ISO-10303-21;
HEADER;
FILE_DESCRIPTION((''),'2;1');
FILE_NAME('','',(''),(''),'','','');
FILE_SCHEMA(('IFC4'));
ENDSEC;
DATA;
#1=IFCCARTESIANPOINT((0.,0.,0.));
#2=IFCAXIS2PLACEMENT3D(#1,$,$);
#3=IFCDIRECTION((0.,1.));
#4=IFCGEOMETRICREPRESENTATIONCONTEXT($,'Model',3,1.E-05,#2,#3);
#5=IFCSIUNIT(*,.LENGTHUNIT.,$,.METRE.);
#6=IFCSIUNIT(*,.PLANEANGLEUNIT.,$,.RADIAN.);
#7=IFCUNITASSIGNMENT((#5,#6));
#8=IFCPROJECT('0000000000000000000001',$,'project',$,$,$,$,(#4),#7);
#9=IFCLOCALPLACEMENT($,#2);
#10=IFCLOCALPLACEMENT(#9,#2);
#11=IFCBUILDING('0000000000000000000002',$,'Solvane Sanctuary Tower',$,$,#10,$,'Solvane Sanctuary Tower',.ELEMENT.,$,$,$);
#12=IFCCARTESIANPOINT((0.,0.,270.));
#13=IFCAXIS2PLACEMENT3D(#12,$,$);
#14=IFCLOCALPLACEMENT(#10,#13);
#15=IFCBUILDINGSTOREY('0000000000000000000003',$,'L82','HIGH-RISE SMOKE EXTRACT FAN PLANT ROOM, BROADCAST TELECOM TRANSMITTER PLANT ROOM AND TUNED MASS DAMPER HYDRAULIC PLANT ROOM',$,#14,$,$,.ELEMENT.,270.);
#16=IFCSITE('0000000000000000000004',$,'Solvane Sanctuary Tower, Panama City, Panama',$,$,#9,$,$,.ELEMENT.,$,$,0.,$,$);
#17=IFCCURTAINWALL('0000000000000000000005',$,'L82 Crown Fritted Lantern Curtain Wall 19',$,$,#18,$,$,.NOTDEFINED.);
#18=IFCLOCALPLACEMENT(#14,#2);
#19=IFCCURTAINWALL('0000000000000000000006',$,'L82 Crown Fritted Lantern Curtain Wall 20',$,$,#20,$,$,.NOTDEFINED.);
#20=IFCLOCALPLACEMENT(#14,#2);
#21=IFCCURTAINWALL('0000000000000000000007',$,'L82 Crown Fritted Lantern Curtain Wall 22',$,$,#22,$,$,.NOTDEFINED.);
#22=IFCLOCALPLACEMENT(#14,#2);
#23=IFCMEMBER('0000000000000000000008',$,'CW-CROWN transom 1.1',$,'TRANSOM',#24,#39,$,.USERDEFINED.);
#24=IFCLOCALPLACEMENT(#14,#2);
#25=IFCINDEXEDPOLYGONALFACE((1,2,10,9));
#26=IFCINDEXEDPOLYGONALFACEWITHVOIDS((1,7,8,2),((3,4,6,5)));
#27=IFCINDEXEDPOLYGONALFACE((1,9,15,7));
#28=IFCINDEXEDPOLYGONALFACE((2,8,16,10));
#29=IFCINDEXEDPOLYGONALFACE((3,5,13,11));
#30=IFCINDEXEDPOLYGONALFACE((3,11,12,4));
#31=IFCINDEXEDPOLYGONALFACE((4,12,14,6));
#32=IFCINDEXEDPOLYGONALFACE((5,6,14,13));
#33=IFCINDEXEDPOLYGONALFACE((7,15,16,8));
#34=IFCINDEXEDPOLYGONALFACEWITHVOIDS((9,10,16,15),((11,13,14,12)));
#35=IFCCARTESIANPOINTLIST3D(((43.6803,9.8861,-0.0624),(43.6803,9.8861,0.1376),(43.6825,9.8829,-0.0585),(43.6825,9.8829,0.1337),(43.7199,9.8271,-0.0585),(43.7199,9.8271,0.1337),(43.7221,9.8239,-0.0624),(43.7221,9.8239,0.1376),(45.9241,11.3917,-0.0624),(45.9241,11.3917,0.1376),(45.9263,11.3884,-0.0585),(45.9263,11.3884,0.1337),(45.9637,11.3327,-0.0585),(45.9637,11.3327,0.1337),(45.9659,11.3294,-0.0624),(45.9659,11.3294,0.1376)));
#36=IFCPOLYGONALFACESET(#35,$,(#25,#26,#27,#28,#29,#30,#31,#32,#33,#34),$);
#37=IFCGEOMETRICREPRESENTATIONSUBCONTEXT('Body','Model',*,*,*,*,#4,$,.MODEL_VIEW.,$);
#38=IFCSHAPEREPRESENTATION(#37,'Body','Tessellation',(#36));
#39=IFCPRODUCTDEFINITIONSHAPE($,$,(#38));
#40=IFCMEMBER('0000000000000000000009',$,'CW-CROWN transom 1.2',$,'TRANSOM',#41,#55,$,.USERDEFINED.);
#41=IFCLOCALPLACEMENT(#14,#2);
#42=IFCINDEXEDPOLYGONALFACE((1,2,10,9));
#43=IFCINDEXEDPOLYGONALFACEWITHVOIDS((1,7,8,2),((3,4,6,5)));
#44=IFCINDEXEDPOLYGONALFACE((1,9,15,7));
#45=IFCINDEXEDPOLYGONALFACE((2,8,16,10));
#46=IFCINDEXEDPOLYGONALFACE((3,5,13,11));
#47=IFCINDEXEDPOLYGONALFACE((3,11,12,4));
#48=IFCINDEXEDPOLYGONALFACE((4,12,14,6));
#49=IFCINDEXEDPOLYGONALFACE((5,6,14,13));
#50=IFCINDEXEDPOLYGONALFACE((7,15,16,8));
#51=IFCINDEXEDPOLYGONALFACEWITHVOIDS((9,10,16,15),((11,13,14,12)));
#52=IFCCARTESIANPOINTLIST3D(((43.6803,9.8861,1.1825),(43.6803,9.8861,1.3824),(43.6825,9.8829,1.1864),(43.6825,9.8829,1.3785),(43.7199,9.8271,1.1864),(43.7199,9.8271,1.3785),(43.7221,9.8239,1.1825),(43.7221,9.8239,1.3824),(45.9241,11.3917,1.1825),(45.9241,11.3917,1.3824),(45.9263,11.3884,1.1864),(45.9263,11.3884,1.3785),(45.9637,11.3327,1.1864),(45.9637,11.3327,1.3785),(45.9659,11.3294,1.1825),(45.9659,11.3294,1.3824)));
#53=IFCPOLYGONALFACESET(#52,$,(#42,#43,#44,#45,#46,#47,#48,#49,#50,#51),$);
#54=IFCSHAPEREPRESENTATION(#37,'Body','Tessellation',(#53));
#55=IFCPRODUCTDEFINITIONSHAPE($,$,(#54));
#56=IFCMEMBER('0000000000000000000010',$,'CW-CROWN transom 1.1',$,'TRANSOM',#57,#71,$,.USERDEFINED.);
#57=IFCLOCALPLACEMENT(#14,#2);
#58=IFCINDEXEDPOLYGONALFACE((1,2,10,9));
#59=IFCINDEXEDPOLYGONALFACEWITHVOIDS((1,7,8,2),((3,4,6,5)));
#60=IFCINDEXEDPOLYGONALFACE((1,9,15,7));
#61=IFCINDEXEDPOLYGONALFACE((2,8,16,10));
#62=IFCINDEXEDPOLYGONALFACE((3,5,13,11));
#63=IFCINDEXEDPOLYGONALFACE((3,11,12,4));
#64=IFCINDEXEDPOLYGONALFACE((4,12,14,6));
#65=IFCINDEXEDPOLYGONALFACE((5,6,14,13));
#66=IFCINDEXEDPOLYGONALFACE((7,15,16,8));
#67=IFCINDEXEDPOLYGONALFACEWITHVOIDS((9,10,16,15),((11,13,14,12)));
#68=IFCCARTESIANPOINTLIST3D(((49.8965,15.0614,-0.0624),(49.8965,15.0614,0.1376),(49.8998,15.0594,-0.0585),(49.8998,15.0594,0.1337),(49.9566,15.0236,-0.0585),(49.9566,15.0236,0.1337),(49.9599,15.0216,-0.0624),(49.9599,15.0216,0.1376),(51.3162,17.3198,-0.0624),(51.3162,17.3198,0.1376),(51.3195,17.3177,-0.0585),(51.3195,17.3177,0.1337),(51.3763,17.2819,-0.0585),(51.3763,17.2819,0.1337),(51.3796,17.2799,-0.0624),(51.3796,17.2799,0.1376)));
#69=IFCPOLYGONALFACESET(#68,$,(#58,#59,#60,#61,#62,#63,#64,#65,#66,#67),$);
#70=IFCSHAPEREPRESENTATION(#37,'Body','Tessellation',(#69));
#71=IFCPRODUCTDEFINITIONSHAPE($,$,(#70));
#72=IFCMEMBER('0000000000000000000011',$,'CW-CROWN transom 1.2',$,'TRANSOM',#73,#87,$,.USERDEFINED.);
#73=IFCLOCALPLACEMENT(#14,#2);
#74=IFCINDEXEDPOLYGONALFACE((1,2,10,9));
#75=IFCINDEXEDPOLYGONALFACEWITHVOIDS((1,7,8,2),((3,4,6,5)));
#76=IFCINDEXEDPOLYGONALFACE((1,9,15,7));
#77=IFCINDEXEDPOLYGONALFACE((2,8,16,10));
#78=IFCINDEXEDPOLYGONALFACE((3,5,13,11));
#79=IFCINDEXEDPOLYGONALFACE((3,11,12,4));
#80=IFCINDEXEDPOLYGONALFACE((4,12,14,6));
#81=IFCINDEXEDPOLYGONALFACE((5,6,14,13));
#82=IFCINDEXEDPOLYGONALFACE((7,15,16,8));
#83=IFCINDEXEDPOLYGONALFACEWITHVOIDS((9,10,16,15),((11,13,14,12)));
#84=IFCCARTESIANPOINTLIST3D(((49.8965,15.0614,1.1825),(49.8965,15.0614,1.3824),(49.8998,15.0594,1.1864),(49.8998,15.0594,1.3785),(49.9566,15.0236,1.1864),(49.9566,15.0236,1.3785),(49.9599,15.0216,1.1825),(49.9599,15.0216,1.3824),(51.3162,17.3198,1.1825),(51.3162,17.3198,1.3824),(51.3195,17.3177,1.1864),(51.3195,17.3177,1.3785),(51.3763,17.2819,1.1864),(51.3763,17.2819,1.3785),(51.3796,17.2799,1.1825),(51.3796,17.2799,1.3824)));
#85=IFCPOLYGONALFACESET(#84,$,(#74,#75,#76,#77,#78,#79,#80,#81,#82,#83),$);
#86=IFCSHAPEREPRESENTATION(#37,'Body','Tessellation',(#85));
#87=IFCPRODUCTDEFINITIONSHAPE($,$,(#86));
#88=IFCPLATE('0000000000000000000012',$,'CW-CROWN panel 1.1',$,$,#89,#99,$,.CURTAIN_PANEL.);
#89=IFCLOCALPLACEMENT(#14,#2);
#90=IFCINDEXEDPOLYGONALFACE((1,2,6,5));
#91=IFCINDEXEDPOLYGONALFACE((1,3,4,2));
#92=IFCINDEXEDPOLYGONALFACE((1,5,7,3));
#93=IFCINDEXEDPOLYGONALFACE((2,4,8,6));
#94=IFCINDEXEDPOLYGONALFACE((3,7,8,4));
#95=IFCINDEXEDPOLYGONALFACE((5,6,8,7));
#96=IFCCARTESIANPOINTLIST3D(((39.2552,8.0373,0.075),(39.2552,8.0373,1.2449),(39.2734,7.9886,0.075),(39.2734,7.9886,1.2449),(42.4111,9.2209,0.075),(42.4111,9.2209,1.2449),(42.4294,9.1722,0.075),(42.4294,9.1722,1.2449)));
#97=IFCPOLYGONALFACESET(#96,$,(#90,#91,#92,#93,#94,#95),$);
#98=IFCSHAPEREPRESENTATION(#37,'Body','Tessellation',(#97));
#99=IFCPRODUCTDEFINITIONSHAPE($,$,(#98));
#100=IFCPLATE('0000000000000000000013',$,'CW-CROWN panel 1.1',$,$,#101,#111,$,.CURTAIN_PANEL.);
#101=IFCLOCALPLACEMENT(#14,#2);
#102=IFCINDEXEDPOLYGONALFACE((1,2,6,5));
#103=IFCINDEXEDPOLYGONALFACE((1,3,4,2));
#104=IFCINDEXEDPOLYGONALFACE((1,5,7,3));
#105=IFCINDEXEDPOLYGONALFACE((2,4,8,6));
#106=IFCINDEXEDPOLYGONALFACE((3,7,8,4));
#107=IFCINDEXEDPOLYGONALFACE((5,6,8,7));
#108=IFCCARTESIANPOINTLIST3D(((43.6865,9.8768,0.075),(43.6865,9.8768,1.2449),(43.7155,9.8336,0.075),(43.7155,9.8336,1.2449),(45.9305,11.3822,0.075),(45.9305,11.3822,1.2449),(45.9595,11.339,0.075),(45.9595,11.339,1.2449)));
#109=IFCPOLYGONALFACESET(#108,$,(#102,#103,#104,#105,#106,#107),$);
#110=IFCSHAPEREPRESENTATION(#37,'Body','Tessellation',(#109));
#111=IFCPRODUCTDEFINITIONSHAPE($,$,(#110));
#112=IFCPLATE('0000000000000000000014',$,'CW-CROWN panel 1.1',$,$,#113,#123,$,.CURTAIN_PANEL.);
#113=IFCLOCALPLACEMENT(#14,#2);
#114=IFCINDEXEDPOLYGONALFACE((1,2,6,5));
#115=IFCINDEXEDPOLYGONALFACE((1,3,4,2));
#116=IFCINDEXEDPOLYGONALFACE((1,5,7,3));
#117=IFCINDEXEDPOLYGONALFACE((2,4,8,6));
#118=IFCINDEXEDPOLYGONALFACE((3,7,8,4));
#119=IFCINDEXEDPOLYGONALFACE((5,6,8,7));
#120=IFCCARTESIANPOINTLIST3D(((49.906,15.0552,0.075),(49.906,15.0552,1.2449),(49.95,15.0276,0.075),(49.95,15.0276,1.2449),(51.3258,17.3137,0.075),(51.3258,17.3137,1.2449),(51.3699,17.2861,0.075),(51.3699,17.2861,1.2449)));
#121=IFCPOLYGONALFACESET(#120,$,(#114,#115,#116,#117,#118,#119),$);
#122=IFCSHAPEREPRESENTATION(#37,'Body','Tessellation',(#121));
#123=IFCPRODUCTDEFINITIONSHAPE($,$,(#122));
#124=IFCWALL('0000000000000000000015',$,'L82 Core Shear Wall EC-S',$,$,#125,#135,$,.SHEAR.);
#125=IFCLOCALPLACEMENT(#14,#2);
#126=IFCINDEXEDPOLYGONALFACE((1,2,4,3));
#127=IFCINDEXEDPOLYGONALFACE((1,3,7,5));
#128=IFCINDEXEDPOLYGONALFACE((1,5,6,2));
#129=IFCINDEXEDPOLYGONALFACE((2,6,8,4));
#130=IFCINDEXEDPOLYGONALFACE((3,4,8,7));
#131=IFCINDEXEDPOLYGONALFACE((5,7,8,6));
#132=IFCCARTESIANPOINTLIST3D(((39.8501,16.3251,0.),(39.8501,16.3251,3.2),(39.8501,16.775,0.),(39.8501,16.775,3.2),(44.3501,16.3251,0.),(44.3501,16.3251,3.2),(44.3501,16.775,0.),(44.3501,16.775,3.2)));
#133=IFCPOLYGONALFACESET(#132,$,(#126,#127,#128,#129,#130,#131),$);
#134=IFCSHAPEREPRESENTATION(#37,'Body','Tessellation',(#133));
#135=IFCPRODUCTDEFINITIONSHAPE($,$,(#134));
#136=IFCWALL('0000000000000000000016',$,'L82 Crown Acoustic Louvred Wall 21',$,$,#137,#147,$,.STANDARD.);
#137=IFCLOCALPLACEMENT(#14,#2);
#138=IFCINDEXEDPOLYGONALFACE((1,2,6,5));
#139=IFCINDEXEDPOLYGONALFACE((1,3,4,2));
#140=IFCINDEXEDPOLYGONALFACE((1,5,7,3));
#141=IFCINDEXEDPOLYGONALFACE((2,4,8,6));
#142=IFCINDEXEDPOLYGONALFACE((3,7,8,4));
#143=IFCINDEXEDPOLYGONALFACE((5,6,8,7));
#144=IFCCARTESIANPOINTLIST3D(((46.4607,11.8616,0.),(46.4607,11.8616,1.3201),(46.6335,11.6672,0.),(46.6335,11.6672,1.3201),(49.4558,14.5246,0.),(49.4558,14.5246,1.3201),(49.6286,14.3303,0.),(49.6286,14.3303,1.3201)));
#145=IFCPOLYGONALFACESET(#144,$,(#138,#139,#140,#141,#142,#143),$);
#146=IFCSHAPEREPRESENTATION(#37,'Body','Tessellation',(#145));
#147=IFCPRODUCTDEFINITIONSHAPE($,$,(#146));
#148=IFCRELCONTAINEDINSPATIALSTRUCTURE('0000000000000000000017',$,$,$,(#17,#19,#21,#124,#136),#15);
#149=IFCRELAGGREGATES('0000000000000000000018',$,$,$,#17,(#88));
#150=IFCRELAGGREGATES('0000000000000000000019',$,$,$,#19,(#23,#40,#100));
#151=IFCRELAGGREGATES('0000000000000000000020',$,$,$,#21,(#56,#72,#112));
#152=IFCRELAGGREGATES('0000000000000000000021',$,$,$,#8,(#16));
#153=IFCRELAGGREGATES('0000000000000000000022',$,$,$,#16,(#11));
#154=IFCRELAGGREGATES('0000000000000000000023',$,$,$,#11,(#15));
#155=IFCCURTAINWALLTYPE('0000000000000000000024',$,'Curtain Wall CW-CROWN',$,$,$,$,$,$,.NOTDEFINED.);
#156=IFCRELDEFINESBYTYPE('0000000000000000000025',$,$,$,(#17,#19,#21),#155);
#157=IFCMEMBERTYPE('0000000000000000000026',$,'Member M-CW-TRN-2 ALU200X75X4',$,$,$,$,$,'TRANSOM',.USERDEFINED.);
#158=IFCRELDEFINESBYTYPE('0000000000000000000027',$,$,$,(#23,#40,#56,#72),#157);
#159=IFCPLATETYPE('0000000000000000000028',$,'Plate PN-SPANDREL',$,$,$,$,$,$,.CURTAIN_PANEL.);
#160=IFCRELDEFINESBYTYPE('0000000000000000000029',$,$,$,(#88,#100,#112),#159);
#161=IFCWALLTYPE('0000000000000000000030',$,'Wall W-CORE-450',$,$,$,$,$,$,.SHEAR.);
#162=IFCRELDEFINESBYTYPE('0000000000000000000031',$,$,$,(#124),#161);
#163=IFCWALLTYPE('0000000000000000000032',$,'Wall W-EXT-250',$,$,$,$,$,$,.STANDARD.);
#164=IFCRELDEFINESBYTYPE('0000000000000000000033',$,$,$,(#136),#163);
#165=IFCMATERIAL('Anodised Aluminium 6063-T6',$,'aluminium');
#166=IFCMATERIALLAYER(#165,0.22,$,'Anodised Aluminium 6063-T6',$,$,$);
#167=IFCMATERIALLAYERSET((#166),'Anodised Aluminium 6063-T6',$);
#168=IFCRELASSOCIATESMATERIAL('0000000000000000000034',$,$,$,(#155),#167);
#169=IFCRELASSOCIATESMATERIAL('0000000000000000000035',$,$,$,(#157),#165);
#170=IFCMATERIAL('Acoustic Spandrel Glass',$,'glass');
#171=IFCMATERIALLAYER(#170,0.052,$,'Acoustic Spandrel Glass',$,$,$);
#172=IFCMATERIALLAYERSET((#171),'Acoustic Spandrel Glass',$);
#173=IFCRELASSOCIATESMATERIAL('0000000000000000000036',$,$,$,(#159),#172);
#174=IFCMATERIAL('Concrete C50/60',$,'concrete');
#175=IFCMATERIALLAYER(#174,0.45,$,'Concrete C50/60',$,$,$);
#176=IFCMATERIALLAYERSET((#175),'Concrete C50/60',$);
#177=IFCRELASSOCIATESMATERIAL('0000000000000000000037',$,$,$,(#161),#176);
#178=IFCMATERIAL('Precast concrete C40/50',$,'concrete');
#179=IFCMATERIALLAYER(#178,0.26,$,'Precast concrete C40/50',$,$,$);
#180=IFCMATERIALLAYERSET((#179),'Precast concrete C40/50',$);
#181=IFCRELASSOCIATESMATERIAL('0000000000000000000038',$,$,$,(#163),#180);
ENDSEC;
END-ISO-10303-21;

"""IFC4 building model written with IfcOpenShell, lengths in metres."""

from ifc_helpers import new_model, si_unit, direction, frame, frame_2d, origin, origin_2d, place, context, subcontext, project, spatial, rectangle, hollow_rectangle, extrude, material, layer, layer_set, material_profile, profile_set, type_object, element, aggregate, save


model = new_model("IFC4")

# Units and contexts
model_context = context("Model", 3, precision=1e-05, world=origin(), true_north=direction((0.0, 1.0)))
body_context = subcontext(model_context, "Body", "Model", "MODEL_VIEW")
ifc_project = project(units=[si_unit("LENGTHUNIT", "METRE"), si_unit("PLANEANGLEUNIT", "RADIAN")], contexts=[model_context])

# Site, building, storey
site_placement = place(None, origin())
site = spatial("IfcSite", under=ifc_project, at=site_placement, Name="Solvane Sanctuary Tower, Panama City, Panama", CompositionType="ELEMENT", RefElevation=0.0)
building_placement = place(site_placement, origin())
building = spatial("IfcBuilding", under=site, at=building_placement, Name="Solvane Sanctuary Tower", LongName="Solvane Sanctuary Tower", CompositionType="ELEMENT")
storey_placement = place(building_placement, frame((0.0, 0.0, 270.0)))
storey = spatial("IfcBuildingStorey", under=building, at=storey_placement, Name="L82", Description="HIGH-RISE SMOKE EXTRACT FAN PLANT ROOM, BROADCAST TELECOM TRANSMITTER PLANT ROOM AND TUNED MASS DAMPER HYDRAULIC PLANT ROOM", CompositionType="ELEMENT", Elevation=270.0)

# Curtain wall
ifc_material_1 = material(Name="Anodised Aluminium 6063-T6", Category="aluminium")
ifc_layer_1 = layer(ifc_material_1, 0.22, Name="Anodised Aluminium 6063-T6")
ifc_layer_set_1 = layer_set([ifc_layer_1], Name="Anodised Aluminium 6063-T6")
curtain_wall_type = type_object("IfcCurtainWallType", Name="Curtain Wall CW-CROWN", PredefinedType="NOTDEFINED", material=ifc_layer_set_1)
curtain_wall_1_placement = place(storey_placement, origin())
curtain_wall_1 = element("IfcCurtainWall", 1, at=curtain_wall_1_placement, inside=storey, type_object=curtain_wall_type, Name="L82 Crown Fritted Lantern Curtain Wall 19", PredefinedType="NOTDEFINED")

# Curtain wall
curtain_wall_2_placement = place(storey_placement, origin())
curtain_wall_2 = element("IfcCurtainWall", 2, at=curtain_wall_2_placement, inside=storey, type_object=curtain_wall_type, Name="L82 Crown Fritted Lantern Curtain Wall 20", PredefinedType="NOTDEFINED")

# Curtain wall
curtain_wall_3_placement = place(storey_placement, origin())
curtain_wall_3 = element("IfcCurtainWall", 3, at=curtain_wall_3_placement, inside=storey, type_object=curtain_wall_type, Name="L82 Crown Fritted Lantern Curtain Wall 22", PredefinedType="NOTDEFINED")

# Members
ifc_material_profile_1 = material_profile(ifc_material_1, hollow_rectangle(XDim=0.075, YDim=0.2, WallThickness=0.0039, at=origin_2d()), Name="ALU200X75X4")
ifc_profile_set_1 = profile_set([ifc_material_profile_1], Name="Anodised Aluminium 6063-T6")
member_type_1 = type_object("IfcMemberType", Name="Member M-CW-TRN-2 ALU200X75X4", ElementType="TRANSOM", PredefinedType="USERDEFINED", material=ifc_profile_set_1)
member_1_placement = place(storey_placement, frame((43.7012, 9.855, 0.0376), z_axis=(0.830393, 0.557179, 0.0), x_axis=(-0.557179, 0.830393, 0.0)))
member_1 = element("IfcMember", 4, at=member_1_placement, type_object=member_type_1, Name="CW-CROWN transom 1.1", ObjectType="TRANSOM", PredefinedType="USERDEFINED", context=body_context, shape_type="SweptSolid", body=[
    extrude(hollow_rectangle(XDim=0.075, YDim=0.2, WallThickness=0.0039, at=origin_2d()), origin(), (0.0, 0.0, 1.0), 2.7021),
])
member_2_placement = place(storey_placement, frame((43.7012, 9.855, 1.2825), z_axis=(0.830393, 0.557179, 0.0), x_axis=(-0.557179, 0.830393, 0.0)))
member_2 = element("IfcMember", 5, at=member_2_placement, type_object=member_type_1, Name="CW-CROWN transom 1.2", ObjectType="TRANSOM", PredefinedType="USERDEFINED", context=body_context, shape_type="SweptSolid", body=[
    extrude(hollow_rectangle(XDim=0.075, YDim=0.2, WallThickness=0.0039, at=origin_2d()), origin(), (0.0, 0.0, 1.0), 2.7021),
])
member_3_placement = place(storey_placement, frame((49.9282, 15.0415, 0.0376), z_axis=(0.532218, 0.846607, 0.0), x_axis=(-0.846607, 0.532218, 0.0)))
member_3 = element("IfcMember", 6, at=member_3_placement, type_object=member_type_1, Name="CW-CROWN transom 1.1", ObjectType="TRANSOM", PredefinedType="USERDEFINED", context=body_context, shape_type="SweptSolid", body=[
    extrude(hollow_rectangle(XDim=0.075, YDim=0.2, WallThickness=0.0039, at=origin_2d()), origin(), (0.0, 0.0, 1.0), 2.6675),
])
member_4_placement = place(storey_placement, frame((49.9282, 15.0415, 1.2825), z_axis=(0.532218, 0.846607, 0.0), x_axis=(-0.846607, 0.532218, 0.0)))
member_4 = element("IfcMember", 7, at=member_4_placement, type_object=member_type_1, Name="CW-CROWN transom 1.2", ObjectType="TRANSOM", PredefinedType="USERDEFINED", context=body_context, shape_type="SweptSolid", body=[
    extrude(hollow_rectangle(XDim=0.075, YDim=0.2, WallThickness=0.0039, at=origin_2d()), origin(), (0.0, 0.0, 1.0), 2.6675),
])

# Plates
ifc_material_2 = material(Name="Acoustic Spandrel Glass", Category="glass")
ifc_layer_2 = layer(ifc_material_2, 0.052, Name="Acoustic Spandrel Glass")
ifc_layer_set_2 = layer_set([ifc_layer_2], Name="Acoustic Spandrel Glass")
plate_type = type_object("IfcPlateType", Name="Plate PN-SPANDREL", PredefinedType="CURTAIN_PANEL", material=ifc_layer_set_2)
plate_1_placement = place(storey_placement, frame((40.8423, 8.6047, 0.075), z_axis=(0.0, 0.0, 1.0), x_axis=(0.936312, 0.35117, 0.0)))
plate_1 = element("IfcPlate", 8, at=plate_1_placement, type_object=plate_type, Name="CW-CROWN panel 1.1", PredefinedType="CURTAIN_PANEL", context=body_context, shape_type="SweptSolid", body=[
    extrude(rectangle(XDim=3.3706, YDim=0.052, at=origin_2d()), origin(), (0.0, 0.0, 1.0), 1.1699),
])
aggregate(curtain_wall_1, [plate_1])
plate_2_placement = place(storey_placement, frame((44.823, 10.6079, 0.075), z_axis=(0.0, 0.0, 1.0), x_axis=(0.830429, 0.557125, 0.0)))
plate_2 = element("IfcPlate", 9, at=plate_2_placement, type_object=plate_type, Name="CW-CROWN panel 1.1", PredefinedType="CURTAIN_PANEL", context=body_context, shape_type="SweptSolid", body=[
    extrude(rectangle(XDim=2.7021, YDim=0.052, at=origin_2d()), origin(), (0.0, 0.0, 1.0), 1.1699),
])
aggregate(curtain_wall_2, [member_1, member_2, plate_2])
plate_3_placement = place(storey_placement, frame((50.6379, 16.1707, 0.075), z_axis=(0.0, 0.0, 1.0), x_axis=(0.532224, 0.846604, 0.0)))
plate_3 = element("IfcPlate", 10, at=plate_3_placement, type_object=plate_type, Name="CW-CROWN panel 1.1", PredefinedType="CURTAIN_PANEL", context=body_context, shape_type="SweptSolid", body=[
    extrude(rectangle(XDim=2.6677, YDim=0.052, at=origin_2d()), origin(), (0.0, 0.0, 1.0), 1.1699),
])
aggregate(curtain_wall_3, [member_3, member_4, plate_3])

# Walls
ifc_material_3 = material(Name="Concrete C50/60", Category="concrete")
ifc_layer_3 = layer(ifc_material_3, 0.45, Name="Concrete C50/60")
ifc_layer_set_3 = layer_set([ifc_layer_3], Name="Concrete C50/60")
wall_type_1 = type_object("IfcWallType", Name="Wall W-CORE-450", PredefinedType="SHEAR", material=ifc_layer_set_3)
wall_1_placement = place(storey_placement, frame((39.8501, 16.55, 0.0), z_axis=(0.0, 0.0, 1.0), x_axis=(1.0, 0.0, 0.0)))
element("IfcWall", 11, at=wall_1_placement, inside=storey, type_object=wall_type_1, Name="L82 Core Shear Wall EC-S", PredefinedType="SHEAR", context=body_context, shape_type="SweptSolid", body=[
    extrude(rectangle(XDim=4.5, YDim=0.45, at=frame_2d((2.25, 0.0))), origin(), (0.0, 0.0, 1.0), 3.2),
])
ifc_material_4 = material(Name="Precast concrete C40/50", Category="concrete")
ifc_layer_4 = layer(ifc_material_4, 0.26, Name="Precast concrete C40/50")
ifc_layer_set_4 = layer_set([ifc_layer_4], Name="Precast concrete C40/50")
wall_type_2 = type_object("IfcWallType", Name="Wall W-EXT-250", PredefinedType="STANDARD", material=ifc_layer_set_4)
wall_2_placement = place(storey_placement, frame((46.5471, 11.7644, 0.0), z_axis=(0.0, 0.0, 1.0), x_axis=(0.747315, 0.66447, 0.0)))
element("IfcWall", 12, at=wall_2_placement, inside=storey, type_object=wall_type_2, Name="L82 Crown Acoustic Louvred Wall 21", PredefinedType="STANDARD", context=body_context, shape_type="SweptSolid", body=[
    extrude(rectangle(XDim=4.0078, YDim=0.26, at=frame_2d((2.0039, 0.0))), origin(), (0.0, 0.0, 1.0), 1.3201),
])

save(model, "model.ifc")
